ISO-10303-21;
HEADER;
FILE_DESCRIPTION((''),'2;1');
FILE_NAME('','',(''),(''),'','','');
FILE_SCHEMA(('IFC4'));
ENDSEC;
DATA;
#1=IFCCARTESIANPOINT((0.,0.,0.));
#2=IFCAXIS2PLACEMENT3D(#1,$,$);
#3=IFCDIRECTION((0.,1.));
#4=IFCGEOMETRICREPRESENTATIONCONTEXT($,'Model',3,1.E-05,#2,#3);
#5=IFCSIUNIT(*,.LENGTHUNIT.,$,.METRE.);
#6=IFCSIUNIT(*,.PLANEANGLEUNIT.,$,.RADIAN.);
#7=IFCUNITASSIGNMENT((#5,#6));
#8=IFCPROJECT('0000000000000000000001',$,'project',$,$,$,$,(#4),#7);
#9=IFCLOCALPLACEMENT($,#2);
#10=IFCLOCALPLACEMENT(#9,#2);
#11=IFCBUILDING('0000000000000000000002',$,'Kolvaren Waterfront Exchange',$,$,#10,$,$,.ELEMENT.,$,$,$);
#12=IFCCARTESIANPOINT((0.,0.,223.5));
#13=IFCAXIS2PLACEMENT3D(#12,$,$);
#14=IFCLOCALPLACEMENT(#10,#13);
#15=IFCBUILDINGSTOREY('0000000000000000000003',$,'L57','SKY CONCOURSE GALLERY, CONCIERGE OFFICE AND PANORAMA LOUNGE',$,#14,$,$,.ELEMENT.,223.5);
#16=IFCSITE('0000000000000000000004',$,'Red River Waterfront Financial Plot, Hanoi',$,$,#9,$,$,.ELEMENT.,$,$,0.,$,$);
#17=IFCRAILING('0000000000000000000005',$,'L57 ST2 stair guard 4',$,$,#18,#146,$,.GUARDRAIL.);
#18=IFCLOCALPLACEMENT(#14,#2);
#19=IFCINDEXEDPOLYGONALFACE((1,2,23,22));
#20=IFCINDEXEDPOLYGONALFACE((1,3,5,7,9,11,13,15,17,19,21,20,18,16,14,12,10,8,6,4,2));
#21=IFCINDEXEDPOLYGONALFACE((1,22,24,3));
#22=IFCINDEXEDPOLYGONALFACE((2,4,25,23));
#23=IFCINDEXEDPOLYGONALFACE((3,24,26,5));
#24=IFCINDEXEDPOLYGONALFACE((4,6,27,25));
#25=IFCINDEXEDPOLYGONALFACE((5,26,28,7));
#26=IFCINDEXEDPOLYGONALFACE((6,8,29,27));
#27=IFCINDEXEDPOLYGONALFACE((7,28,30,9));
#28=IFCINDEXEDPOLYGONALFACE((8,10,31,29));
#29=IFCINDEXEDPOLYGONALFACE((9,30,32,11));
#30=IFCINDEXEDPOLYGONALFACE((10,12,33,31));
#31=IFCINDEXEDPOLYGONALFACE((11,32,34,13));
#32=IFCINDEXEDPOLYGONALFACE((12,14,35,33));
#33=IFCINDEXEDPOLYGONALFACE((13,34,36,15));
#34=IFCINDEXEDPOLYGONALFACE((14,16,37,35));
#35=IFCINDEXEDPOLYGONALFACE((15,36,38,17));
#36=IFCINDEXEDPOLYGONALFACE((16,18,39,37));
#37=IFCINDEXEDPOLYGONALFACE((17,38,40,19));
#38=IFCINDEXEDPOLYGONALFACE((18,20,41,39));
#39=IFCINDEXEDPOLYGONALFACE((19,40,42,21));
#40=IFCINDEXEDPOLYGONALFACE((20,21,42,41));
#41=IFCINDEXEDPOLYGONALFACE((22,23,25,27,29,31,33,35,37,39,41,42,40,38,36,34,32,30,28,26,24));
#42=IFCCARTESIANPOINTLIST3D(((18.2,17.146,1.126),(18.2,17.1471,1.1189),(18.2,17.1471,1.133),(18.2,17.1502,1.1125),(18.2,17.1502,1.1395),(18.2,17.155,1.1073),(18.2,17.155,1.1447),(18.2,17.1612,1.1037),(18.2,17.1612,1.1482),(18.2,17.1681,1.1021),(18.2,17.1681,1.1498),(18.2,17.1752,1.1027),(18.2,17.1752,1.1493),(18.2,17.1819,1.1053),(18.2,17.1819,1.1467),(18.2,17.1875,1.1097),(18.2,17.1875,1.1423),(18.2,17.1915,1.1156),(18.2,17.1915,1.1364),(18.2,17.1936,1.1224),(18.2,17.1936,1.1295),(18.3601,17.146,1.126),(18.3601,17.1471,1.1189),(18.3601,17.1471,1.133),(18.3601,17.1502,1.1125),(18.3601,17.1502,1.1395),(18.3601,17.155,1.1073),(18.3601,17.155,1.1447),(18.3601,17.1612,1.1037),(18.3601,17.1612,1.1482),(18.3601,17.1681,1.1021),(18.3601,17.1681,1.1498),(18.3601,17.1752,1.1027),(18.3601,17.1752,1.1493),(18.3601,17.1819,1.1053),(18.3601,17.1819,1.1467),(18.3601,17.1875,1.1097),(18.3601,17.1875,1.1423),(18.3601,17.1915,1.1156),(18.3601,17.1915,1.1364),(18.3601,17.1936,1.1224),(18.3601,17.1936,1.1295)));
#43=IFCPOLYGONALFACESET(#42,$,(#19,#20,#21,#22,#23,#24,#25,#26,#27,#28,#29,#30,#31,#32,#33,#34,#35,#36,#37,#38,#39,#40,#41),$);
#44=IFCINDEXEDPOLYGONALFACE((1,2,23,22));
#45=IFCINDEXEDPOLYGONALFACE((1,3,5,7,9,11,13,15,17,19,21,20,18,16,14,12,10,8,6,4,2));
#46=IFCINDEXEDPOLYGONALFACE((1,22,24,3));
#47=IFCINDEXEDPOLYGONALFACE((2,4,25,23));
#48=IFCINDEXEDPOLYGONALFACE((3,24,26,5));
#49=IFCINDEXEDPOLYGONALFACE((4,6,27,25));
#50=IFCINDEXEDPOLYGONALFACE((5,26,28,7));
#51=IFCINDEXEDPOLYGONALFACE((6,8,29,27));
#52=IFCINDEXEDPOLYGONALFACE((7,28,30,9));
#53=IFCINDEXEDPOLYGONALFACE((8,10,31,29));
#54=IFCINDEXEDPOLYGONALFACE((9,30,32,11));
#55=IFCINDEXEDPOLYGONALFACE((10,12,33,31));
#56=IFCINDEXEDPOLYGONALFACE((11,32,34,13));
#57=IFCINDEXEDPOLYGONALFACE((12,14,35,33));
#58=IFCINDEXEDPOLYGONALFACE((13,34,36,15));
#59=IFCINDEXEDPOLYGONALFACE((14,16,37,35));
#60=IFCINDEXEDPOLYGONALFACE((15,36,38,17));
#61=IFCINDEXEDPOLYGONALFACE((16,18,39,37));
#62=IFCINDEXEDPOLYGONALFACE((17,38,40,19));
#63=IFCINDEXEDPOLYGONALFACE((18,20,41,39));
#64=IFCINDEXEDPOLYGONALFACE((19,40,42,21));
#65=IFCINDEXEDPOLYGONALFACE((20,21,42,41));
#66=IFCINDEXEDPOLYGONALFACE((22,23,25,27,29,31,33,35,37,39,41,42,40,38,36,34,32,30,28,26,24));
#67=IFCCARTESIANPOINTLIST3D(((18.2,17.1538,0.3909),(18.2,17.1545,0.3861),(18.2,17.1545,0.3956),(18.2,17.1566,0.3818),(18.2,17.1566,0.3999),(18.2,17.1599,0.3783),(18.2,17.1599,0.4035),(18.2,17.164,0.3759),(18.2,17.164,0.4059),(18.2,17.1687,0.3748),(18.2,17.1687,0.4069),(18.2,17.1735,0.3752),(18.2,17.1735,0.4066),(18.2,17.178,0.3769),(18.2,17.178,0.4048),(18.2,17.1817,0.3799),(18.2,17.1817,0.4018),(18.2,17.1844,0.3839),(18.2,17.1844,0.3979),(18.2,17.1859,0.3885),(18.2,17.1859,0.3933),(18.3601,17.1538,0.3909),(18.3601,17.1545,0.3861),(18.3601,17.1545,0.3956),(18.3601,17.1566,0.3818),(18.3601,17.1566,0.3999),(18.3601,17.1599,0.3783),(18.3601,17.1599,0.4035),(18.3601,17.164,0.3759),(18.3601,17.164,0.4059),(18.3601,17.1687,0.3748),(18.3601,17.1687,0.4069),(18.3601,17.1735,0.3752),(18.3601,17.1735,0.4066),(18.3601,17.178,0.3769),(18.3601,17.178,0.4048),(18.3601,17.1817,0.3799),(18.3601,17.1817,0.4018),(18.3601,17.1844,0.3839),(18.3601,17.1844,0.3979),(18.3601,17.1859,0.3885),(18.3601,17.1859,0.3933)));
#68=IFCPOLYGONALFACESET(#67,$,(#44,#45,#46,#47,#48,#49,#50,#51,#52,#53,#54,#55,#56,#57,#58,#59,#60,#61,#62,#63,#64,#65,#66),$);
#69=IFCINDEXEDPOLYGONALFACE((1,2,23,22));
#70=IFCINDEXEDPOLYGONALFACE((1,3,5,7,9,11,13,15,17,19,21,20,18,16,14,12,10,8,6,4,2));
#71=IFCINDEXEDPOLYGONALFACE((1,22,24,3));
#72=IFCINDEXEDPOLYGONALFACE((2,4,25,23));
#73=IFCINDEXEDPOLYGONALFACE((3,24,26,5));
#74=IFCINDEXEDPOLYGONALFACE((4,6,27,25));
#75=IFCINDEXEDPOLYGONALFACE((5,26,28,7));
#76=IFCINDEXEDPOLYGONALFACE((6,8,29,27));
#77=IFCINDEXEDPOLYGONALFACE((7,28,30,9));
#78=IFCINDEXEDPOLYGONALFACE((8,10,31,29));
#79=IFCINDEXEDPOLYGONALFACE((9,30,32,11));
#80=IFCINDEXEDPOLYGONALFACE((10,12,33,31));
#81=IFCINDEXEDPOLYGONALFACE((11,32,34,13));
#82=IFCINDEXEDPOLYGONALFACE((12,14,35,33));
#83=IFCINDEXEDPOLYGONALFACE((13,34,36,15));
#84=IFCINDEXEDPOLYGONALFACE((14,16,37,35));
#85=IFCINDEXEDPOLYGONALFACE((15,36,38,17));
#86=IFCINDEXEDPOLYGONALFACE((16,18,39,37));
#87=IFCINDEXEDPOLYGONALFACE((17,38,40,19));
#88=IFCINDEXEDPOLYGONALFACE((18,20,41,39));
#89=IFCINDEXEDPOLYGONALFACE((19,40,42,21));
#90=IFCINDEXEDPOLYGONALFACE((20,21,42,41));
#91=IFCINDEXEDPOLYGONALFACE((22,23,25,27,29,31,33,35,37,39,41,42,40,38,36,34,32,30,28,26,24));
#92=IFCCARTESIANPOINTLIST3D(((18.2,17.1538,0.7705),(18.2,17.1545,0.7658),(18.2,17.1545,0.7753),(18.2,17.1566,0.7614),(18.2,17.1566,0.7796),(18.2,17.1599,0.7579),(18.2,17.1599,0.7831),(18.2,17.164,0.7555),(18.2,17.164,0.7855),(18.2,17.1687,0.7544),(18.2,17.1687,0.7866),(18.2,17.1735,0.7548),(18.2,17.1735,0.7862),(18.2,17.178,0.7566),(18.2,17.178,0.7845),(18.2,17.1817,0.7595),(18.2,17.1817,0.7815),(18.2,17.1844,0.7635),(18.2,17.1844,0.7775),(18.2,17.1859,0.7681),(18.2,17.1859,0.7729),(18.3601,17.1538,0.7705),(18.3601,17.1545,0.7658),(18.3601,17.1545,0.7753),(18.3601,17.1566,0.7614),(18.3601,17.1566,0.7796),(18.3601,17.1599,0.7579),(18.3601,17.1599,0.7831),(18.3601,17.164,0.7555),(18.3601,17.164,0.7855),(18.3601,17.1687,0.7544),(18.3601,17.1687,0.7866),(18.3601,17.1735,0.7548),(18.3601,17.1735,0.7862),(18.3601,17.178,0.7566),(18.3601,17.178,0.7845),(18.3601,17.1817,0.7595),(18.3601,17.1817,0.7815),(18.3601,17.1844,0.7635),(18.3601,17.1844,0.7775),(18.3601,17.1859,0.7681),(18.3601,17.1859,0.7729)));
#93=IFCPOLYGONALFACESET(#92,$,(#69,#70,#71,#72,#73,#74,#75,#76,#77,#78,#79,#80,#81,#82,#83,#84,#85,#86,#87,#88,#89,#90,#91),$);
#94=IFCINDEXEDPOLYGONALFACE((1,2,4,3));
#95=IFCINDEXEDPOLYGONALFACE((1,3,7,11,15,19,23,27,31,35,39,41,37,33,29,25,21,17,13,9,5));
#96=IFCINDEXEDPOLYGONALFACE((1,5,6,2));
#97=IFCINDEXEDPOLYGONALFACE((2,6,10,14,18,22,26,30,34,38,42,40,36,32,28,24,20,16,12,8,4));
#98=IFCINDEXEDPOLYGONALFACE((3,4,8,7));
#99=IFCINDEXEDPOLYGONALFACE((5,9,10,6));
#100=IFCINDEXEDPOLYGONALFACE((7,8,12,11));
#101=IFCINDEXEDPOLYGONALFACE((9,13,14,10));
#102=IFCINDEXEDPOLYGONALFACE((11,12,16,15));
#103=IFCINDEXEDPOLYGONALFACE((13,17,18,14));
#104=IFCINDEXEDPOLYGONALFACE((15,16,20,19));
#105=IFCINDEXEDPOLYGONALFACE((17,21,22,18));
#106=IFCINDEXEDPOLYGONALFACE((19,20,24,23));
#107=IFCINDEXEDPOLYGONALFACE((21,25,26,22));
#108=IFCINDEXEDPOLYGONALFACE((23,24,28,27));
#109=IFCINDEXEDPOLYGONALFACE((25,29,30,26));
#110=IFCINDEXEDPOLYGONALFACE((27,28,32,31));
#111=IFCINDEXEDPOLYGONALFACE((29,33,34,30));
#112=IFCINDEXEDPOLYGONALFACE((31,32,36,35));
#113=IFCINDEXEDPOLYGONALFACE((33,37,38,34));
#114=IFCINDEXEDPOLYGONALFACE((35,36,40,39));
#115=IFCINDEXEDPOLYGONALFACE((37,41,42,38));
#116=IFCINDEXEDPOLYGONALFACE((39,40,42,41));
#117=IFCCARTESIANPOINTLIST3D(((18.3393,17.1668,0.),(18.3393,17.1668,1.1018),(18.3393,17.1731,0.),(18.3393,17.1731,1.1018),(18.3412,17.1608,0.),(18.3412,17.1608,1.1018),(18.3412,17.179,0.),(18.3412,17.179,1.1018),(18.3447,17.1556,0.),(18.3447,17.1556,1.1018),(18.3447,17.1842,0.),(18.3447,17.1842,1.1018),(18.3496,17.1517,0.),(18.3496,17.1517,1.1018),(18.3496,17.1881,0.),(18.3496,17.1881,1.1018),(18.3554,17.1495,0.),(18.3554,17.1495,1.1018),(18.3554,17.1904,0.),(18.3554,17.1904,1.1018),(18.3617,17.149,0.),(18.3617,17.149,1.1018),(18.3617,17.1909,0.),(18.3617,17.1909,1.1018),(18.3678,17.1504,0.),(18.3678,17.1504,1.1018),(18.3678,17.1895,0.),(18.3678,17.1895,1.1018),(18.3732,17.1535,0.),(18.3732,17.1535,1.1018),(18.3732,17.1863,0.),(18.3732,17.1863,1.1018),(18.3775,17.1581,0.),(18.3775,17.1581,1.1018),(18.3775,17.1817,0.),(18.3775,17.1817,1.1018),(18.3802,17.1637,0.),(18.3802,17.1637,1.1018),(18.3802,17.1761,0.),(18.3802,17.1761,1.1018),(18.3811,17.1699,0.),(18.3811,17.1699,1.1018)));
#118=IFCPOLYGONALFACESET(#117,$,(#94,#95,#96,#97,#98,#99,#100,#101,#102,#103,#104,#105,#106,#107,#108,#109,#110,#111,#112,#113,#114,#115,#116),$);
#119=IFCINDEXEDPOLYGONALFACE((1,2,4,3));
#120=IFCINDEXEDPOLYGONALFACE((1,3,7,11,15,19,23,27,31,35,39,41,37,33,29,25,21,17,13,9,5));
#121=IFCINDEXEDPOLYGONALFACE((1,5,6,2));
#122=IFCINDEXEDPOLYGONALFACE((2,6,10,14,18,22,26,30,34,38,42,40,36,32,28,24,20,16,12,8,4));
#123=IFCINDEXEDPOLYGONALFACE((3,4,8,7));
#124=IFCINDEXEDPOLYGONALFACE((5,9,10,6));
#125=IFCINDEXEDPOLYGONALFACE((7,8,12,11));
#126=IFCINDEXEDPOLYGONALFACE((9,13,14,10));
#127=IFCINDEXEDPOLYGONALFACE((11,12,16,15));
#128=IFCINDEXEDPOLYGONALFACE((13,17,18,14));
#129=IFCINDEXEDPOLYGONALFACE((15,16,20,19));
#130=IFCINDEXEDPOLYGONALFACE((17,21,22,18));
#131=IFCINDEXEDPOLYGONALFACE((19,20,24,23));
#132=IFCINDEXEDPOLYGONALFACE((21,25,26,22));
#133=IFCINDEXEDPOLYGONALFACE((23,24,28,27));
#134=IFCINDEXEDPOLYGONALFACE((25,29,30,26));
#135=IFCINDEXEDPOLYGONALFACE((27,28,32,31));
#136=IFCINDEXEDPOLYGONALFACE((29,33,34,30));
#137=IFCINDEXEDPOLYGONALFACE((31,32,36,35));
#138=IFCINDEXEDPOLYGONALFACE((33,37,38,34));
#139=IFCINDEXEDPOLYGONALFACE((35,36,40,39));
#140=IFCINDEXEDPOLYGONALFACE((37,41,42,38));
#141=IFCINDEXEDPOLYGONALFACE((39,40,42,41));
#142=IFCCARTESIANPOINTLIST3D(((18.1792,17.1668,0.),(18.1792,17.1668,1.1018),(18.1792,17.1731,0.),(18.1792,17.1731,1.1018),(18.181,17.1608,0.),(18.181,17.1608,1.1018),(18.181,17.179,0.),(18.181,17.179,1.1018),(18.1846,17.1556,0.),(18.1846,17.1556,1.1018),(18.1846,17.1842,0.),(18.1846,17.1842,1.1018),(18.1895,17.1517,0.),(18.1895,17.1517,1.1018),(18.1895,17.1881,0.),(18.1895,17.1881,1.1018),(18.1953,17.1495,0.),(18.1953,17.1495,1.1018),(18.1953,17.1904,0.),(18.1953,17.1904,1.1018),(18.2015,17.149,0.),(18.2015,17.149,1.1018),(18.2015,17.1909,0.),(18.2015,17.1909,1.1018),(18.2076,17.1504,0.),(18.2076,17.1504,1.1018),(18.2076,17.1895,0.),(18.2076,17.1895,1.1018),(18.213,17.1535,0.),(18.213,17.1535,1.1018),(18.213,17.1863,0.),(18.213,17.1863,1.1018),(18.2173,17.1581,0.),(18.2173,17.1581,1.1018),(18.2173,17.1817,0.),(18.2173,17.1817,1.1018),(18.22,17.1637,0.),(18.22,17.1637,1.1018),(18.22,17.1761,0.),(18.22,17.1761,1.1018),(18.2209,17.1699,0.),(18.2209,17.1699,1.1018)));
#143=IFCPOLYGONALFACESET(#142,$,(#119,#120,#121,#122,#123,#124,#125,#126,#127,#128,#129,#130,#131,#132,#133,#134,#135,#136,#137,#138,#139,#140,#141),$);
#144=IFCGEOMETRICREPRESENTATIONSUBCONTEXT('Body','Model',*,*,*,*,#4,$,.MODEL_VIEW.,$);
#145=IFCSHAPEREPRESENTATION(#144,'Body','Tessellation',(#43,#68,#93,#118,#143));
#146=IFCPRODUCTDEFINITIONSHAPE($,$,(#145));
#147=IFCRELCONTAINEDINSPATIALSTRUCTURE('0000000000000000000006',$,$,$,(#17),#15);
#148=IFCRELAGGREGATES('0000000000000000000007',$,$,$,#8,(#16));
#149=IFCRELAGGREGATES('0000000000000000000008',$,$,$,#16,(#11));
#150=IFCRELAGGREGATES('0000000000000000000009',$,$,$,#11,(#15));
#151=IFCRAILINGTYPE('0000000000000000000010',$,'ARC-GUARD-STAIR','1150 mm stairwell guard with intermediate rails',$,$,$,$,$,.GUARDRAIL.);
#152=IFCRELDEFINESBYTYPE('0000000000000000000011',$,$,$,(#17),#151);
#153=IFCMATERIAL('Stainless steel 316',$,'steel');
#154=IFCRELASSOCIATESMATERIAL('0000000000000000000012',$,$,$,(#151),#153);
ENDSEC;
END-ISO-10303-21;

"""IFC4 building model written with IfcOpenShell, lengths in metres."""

from ifc_helpers import new_model, si_unit, direction, frame, origin, origin_2d, place, context, subcontext, project, spatial, circle, extrude, material, type_object, element, save


model = new_model("IFC4")

# Units and contexts
model_context = context("Model", 3, precision=1e-05, world=origin(), true_north=direction((0.0, 1.0)))
body_context = subcontext(model_context, "Body", "Model", "MODEL_VIEW")
ifc_project = project(units=[si_unit("LENGTHUNIT", "METRE"), si_unit("PLANEANGLEUNIT", "RADIAN")], contexts=[model_context])

# Site, building, storey
site_placement = place(None, origin())
site = spatial("IfcSite", under=ifc_project, at=site_placement, Name="Red River Waterfront Financial Plot, Hanoi", CompositionType="ELEMENT", RefElevation=0.0)
building_placement = place(site_placement, origin())
building = spatial("IfcBuilding", under=site, at=building_placement, Name="Kolvaren Waterfront Exchange", CompositionType="ELEMENT")
storey_placement = place(building_placement, frame((0.0, 0.0, 223.5)))
storey = spatial("IfcBuildingStorey", under=building, at=storey_placement, Name="L57", Description="SKY CONCOURSE GALLERY, CONCIERGE OFFICE AND PANORAMA LOUNGE", CompositionType="ELEMENT", Elevation=223.5)

# Railing
ifc_material_1 = material(Name="Stainless steel 316", Category="steel")
railing_type_1 = type_object("IfcRailingType", Name="ARC-GUARD-STAIR", Description="1150 mm stairwell guard with intermediate rails", PredefinedType="GUARDRAIL", material=ifc_material_1)
railing_1_placement = place(storey_placement, frame((18.3601, 17.1699, 0.0)))
element("IfcRailing", 1, at=railing_1_placement, inside=storey, type_object=railing_type_1, Name="L57 ST2 stair guard 4", PredefinedType="GUARDRAIL", context=body_context, shape_type="SweptSolid", body=[
    extrude(circle(Radius=0.0239, at=origin_2d()), frame((0.0, 0.0, 1.126), z_axis=(-1.0, 0.0, 0.0), x_axis=(0.0, -1.0, 0.0)), (0.0, 0.0, 1.0), 0.1602),
    extrude(circle(Radius=0.0161, at=origin_2d()), frame((0.0, 0.0, 0.3909), z_axis=(-1.0, 0.0, 0.0), x_axis=(0.0, -1.0, 0.0)), (0.0, 0.0, 1.0), 0.1602),
    extrude(circle(Radius=0.0161, at=origin_2d()), frame((0.0, 0.0, 0.7705), z_axis=(-1.0, 0.0, 0.0), x_axis=(0.0, -1.0, 0.0)), (0.0, 0.0, 1.0), 0.1602),
    extrude(circle(Radius=0.021, at=origin_2d()), origin(), (0.0, 0.0, 1.0), 1.1018),
    extrude(circle(Radius=0.021, at=origin_2d()), frame((-0.1602, 0.0, 0.0)), (0.0, 0.0, 1.0), 1.1018),
])

save(model, "model.ifc")
